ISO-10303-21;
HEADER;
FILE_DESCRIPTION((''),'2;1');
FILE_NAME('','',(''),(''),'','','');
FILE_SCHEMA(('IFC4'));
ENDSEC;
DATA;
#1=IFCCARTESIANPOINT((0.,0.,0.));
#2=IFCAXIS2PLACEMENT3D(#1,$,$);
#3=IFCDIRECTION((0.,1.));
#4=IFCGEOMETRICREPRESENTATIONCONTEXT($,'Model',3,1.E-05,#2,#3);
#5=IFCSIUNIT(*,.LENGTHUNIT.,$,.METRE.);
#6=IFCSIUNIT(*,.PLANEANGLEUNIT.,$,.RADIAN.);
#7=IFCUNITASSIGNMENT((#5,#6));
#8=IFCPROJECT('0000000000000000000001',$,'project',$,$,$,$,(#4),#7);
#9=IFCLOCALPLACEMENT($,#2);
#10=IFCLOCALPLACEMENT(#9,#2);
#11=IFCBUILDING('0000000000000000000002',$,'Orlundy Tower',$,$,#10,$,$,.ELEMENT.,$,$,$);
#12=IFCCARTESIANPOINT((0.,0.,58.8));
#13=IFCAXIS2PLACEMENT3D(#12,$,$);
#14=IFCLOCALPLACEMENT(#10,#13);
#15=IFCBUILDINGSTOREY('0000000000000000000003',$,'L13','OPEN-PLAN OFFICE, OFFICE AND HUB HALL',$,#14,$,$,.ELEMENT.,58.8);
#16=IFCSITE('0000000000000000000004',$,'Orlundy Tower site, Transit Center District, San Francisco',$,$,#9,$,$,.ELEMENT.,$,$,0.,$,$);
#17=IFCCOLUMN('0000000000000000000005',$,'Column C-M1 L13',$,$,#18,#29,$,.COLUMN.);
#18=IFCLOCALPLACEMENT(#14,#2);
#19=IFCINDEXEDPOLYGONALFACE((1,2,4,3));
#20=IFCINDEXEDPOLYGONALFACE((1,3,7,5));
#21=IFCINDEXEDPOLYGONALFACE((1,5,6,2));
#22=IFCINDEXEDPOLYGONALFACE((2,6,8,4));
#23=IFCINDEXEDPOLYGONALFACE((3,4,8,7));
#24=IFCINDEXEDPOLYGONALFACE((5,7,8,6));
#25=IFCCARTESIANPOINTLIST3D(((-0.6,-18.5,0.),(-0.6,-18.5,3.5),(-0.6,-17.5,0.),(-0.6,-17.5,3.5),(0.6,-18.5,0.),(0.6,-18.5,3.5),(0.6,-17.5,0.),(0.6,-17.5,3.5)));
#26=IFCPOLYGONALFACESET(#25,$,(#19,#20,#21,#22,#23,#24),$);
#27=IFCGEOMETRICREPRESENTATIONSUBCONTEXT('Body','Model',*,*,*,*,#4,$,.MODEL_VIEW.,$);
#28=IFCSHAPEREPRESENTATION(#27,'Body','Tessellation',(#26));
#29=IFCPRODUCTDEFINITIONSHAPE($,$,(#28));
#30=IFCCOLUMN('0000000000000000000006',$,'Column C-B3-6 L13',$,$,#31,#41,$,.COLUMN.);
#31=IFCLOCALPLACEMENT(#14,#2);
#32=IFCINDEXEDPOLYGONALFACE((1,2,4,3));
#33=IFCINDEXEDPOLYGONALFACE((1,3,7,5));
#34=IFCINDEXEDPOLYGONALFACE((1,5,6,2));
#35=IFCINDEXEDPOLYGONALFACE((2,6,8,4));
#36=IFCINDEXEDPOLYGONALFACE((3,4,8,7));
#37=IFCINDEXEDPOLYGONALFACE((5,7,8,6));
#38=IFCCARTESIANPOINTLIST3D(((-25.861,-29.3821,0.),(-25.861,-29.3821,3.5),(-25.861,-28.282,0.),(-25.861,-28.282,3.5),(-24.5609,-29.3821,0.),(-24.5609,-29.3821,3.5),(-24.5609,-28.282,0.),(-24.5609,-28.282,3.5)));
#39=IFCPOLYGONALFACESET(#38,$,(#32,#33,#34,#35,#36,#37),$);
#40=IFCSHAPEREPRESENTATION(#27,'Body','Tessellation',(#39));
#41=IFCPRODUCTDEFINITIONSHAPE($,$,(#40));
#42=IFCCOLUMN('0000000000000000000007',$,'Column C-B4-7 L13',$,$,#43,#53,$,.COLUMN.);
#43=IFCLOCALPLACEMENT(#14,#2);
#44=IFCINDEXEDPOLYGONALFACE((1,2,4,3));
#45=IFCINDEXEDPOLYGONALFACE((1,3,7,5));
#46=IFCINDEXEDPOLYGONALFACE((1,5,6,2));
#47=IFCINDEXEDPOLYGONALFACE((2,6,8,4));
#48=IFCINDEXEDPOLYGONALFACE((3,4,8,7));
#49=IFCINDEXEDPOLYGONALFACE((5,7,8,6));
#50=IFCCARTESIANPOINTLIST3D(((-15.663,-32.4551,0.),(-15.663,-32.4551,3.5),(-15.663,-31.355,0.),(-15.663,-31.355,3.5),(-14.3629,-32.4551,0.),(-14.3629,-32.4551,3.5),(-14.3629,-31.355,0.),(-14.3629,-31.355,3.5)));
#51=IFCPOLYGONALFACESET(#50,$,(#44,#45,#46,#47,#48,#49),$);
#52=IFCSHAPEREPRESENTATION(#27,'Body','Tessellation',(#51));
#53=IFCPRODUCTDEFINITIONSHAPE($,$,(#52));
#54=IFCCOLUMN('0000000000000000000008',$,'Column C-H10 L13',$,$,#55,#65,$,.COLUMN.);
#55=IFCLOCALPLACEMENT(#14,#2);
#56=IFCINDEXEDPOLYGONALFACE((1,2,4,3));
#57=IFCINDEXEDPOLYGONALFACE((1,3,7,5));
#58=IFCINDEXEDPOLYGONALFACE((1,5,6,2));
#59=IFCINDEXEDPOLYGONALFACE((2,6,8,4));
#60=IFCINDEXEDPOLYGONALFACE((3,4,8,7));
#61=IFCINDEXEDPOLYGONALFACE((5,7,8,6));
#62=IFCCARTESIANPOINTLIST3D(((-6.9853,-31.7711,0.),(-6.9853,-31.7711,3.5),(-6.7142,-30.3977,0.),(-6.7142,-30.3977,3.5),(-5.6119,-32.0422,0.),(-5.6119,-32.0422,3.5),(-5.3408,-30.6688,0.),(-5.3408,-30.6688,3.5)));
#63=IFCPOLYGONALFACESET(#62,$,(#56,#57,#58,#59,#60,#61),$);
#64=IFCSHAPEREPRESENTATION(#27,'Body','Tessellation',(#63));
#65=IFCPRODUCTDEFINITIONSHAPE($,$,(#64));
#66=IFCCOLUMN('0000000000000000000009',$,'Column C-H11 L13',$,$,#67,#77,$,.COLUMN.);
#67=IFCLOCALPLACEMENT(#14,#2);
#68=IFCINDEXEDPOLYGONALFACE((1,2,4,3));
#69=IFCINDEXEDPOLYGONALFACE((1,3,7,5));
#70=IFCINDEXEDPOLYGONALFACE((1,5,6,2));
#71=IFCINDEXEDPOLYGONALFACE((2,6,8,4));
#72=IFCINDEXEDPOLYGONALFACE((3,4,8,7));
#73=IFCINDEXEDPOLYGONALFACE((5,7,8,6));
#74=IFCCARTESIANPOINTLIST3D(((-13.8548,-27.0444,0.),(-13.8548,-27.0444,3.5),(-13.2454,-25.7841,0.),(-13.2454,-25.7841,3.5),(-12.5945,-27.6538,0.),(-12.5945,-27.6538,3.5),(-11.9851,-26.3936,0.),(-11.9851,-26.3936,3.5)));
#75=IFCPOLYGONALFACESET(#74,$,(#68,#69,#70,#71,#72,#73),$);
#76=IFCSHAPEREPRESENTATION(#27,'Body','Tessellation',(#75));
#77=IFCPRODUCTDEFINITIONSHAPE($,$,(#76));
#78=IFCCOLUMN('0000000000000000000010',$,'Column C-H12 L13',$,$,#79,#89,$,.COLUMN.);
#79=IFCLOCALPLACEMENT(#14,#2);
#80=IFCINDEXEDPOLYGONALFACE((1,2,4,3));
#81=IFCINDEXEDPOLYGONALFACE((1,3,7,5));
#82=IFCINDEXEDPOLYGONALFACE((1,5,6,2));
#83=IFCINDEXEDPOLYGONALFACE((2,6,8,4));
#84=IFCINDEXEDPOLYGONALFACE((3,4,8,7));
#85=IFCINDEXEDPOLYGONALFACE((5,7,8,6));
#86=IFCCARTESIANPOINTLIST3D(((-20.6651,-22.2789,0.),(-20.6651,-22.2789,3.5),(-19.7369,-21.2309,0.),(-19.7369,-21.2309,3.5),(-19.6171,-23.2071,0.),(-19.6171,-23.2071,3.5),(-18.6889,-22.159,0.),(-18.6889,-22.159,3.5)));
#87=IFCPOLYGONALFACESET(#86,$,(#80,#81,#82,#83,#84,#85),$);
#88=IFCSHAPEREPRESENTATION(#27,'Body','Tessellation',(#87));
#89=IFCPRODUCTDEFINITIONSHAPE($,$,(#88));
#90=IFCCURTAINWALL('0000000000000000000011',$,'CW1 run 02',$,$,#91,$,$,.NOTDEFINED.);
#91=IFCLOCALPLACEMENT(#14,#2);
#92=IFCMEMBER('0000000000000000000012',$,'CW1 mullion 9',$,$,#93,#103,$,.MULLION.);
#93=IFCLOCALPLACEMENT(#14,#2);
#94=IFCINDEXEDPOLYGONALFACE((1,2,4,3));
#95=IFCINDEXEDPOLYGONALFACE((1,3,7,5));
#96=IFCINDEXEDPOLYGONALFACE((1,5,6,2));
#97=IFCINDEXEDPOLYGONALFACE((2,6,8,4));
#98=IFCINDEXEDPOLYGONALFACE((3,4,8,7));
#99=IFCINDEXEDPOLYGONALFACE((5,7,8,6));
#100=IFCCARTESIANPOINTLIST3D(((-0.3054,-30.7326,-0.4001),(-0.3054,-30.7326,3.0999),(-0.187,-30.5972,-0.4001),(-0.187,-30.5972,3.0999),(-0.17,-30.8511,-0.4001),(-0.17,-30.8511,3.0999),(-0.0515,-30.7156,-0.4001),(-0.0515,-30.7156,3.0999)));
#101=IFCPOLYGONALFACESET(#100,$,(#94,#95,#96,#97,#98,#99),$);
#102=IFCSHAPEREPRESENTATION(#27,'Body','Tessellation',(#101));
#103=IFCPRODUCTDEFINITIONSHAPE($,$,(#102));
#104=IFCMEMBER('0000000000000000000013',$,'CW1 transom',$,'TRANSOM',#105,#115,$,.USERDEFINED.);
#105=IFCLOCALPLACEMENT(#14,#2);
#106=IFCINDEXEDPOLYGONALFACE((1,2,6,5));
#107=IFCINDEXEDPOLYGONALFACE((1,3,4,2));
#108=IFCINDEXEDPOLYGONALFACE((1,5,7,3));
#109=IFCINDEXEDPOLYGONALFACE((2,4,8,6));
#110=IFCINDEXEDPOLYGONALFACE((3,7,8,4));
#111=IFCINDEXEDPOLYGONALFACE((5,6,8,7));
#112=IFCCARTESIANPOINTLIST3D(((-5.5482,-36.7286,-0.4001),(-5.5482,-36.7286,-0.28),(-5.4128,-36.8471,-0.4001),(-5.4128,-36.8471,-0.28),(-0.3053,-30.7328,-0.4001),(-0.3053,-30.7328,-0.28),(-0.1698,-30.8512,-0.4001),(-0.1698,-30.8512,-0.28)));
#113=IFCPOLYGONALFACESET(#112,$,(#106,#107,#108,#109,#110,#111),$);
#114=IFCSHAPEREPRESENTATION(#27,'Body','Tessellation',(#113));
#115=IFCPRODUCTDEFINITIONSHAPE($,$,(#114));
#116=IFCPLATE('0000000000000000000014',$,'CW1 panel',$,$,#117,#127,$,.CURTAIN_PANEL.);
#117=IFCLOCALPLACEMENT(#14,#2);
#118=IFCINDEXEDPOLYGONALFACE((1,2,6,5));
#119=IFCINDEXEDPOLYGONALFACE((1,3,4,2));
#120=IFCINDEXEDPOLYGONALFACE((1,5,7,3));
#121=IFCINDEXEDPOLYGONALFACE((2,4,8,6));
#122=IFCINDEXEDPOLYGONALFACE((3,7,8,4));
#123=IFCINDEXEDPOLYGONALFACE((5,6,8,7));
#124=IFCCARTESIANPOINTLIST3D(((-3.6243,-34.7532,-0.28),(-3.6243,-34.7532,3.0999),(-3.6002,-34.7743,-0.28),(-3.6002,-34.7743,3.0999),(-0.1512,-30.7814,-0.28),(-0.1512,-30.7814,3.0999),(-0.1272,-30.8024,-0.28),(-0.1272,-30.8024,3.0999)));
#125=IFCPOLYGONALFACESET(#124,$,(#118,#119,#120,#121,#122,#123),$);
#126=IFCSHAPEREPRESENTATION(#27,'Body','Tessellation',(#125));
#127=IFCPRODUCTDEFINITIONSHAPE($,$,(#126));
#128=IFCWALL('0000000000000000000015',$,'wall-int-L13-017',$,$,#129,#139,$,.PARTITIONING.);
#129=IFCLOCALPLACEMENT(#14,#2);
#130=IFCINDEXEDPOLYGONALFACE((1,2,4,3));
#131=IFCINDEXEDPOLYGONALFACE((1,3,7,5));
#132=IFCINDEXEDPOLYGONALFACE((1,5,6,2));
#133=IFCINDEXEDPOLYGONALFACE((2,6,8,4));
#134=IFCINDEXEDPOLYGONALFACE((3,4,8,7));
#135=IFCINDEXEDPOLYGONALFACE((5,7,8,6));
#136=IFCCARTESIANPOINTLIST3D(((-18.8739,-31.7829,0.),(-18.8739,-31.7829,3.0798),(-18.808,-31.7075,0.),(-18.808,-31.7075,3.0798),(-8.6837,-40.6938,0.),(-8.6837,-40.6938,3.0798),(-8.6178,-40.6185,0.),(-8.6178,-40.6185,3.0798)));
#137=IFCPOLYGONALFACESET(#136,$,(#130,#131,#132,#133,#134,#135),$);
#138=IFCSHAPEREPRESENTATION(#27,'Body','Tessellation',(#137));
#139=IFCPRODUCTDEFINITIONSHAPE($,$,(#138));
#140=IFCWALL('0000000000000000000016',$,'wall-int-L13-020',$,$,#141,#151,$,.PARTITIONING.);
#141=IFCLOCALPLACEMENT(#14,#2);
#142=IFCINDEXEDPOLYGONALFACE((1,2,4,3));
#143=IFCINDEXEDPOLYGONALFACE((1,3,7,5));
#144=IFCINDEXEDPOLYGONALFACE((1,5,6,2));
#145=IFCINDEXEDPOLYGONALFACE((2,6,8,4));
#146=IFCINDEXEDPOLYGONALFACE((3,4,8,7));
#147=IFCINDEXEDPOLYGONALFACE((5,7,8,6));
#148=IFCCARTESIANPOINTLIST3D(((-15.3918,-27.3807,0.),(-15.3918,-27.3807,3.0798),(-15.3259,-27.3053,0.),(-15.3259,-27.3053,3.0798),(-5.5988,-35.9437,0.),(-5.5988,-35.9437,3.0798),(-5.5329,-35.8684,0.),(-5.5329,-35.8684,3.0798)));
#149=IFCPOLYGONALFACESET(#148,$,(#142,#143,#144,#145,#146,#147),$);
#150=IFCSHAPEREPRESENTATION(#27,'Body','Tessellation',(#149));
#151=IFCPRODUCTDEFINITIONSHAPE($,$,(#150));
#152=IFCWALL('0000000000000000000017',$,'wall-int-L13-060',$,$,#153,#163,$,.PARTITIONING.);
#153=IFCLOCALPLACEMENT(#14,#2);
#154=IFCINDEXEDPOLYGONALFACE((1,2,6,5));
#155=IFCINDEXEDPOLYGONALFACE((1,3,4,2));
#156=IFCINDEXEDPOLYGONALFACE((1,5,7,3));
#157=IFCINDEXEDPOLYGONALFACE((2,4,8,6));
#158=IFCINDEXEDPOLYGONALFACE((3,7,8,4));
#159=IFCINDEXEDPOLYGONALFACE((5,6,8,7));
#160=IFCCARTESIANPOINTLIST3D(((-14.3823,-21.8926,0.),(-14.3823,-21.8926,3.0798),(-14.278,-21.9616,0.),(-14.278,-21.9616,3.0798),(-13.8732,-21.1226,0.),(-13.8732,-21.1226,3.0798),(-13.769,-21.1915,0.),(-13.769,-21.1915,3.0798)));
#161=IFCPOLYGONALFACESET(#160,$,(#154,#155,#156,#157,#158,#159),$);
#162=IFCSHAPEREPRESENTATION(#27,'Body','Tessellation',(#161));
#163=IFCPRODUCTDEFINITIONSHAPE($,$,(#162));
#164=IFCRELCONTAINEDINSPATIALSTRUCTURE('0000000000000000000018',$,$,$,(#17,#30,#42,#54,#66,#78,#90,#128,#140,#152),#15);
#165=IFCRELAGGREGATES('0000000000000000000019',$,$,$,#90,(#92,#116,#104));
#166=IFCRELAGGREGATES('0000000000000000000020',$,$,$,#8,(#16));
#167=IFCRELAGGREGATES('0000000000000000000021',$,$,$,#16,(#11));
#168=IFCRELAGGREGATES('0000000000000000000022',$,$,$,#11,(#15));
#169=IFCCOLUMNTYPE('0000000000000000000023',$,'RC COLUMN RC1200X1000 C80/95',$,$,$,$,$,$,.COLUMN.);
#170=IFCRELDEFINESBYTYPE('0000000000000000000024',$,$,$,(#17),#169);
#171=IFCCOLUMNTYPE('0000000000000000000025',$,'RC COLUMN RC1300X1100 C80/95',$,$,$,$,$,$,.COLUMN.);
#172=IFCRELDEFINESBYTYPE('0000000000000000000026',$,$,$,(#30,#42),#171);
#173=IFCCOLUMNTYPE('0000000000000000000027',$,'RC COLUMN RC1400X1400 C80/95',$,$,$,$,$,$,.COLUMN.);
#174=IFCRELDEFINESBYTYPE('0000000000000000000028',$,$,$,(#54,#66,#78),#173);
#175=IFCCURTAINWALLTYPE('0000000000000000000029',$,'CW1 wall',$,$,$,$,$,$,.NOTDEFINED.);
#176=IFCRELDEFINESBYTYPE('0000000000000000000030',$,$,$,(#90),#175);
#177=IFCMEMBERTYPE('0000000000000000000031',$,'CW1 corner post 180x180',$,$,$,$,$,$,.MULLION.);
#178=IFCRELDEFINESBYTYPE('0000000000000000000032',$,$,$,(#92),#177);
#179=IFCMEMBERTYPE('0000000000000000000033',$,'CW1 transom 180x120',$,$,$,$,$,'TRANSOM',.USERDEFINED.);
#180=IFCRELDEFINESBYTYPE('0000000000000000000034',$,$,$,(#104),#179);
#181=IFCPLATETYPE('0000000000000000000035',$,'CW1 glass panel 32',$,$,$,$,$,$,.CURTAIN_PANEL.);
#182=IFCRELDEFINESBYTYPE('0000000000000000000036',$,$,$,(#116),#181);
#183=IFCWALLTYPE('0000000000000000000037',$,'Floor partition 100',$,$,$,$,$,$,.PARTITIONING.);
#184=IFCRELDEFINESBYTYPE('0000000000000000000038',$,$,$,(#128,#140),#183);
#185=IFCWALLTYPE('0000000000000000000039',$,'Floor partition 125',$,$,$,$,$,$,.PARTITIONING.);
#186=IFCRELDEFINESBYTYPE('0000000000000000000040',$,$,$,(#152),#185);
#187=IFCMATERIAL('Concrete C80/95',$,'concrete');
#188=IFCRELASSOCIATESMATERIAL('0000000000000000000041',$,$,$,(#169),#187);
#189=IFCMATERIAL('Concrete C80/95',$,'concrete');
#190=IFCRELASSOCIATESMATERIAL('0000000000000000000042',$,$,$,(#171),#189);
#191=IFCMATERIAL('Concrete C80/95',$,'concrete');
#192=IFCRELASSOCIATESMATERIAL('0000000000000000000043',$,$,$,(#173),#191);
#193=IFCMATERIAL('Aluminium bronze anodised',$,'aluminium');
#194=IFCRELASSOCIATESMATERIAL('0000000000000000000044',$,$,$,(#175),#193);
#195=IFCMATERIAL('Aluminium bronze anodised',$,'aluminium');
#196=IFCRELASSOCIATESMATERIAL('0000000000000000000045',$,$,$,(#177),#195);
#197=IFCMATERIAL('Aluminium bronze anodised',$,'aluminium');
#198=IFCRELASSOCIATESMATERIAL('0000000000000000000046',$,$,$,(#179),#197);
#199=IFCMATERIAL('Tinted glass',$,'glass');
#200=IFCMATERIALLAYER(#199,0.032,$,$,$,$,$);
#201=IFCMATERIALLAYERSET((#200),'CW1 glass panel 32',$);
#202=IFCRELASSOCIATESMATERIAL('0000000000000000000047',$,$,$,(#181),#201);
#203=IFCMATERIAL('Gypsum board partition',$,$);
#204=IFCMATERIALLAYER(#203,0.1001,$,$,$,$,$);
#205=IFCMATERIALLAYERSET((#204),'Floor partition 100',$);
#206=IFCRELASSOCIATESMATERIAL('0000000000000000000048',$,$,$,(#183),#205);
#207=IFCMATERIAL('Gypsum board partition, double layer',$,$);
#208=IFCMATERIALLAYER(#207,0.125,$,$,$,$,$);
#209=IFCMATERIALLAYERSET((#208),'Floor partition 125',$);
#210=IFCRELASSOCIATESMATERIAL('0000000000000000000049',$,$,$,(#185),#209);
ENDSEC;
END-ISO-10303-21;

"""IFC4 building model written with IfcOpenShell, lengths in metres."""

from ifc_helpers import new_model, si_unit, direction, frame, frame_2d, origin, origin_2d, place, context, subcontext, project, spatial, rectangle, extrude, material, layer, layer_set, material_profile, profile_set, type_object, element, aggregate, save


model = new_model("IFC4")

# Units and contexts
model_context = context("Model", 3, precision=1e-05, world=origin(), true_north=direction((0.0, 1.0)))
body_context = subcontext(model_context, "Body", "Model", "MODEL_VIEW")
ifc_project = project(units=[si_unit("LENGTHUNIT", "METRE"), si_unit("PLANEANGLEUNIT", "RADIAN")], contexts=[model_context])

# Site, building, storey
site_placement = place(None, origin())
site = spatial("IfcSite", under=ifc_project, at=site_placement, Name="Orlundy Tower site, Transit Center District, San Francisco", CompositionType="ELEMENT", RefElevation=0.0)
building_placement = place(site_placement, origin())
building = spatial("IfcBuilding", under=site, at=building_placement, Name="Orlundy Tower", CompositionType="ELEMENT")
storey_placement = place(building_placement, frame((0.0, 0.0, 58.8)))
storey = spatial("IfcBuildingStorey", under=building, at=storey_placement, Name="L13", Description="OPEN-PLAN OFFICE, OFFICE AND HUB HALL", CompositionType="ELEMENT", Elevation=58.8)

# Columns
ifc_material_1 = material(Name="Concrete C80/95", Category="concrete")
ifc_material_profile_1 = material_profile(ifc_material_1, rectangle(XDim=1.2, YDim=1.0, at=origin_2d()), Name="RC1200X1000")
ifc_profile_set_1 = profile_set([ifc_material_profile_1], Name="Concrete C80/95")
column_type_1 = type_object("IfcColumnType", Name="RC COLUMN RC1200X1000 C80/95", PredefinedType="COLUMN", material=ifc_profile_set_1)
column_placement = place(storey_placement, frame((0.0, -18.0, 0.0), z_axis=(0.0, 0.0, 1.0), x_axis=(1.0, 0.0, 0.0)))
element("IfcColumn", 1, at=column_placement, inside=storey, type_object=column_type_1, Name="Column C-M1 L13", PredefinedType="COLUMN", context=body_context, shape_type="SweptSolid", body=[
    extrude(rectangle(XDim=1.2, YDim=1.0, at=origin_2d()), origin(), (0.0, 0.0, 1.0), 3.5),
])
ifc_material_2 = material(Name="Concrete C80/95", Category="concrete")
ifc_material_profile_2 = material_profile(ifc_material_2, rectangle(XDim=1.3, YDim=1.1001, at=origin_2d()), Name="RC1300X1100")
ifc_profile_set_2 = profile_set([ifc_material_profile_2], Name="Concrete C80/95")
column_type_2 = type_object("IfcColumnType", Name="RC COLUMN RC1300X1100 C80/95", PredefinedType="COLUMN", material=ifc_profile_set_2)
for number, where, z_axis, x_axis, name in (
    (2, (-25.2109, -28.832, 0.0), (0.0, 0.0, 1.0), (1.0, 0.0, 0.0), "Column C-B3-6 L13"),
    (3, (-15.0129, -31.905, 0.0), (0.0, 0.0, 1.0), (1.0, 0.0, 0.0), "Column C-B4-7 L13"),
):
    element("IfcColumn", number, at=place(storey_placement, frame(where, z_axis=z_axis, x_axis=x_axis)), inside=storey, type_object=column_type_2, Name=name, PredefinedType="COLUMN", context=body_context, shape_type="SweptSolid", body=[
        extrude(rectangle(XDim=1.3, YDim=1.1001, at=origin_2d()), origin(), (0.0, 0.0, 1.0), 3.5),
    ])
ifc_material_3 = material(Name="Concrete C80/95", Category="concrete")
ifc_material_profile_3 = material_profile(ifc_material_3, rectangle(XDim=1.3999, YDim=1.3999, at=origin_2d()), Name="RC1400X1400")
ifc_profile_set_3 = profile_set([ifc_material_profile_3], Name="Concrete C80/95")
column_type_3 = type_object("IfcColumnType", Name="RC COLUMN RC1400X1400 C80/95", PredefinedType="COLUMN", material=ifc_profile_set_3)
for number, where, z_axis, x_axis, name in (
    (4, (-6.1631, -31.22, 0.0), (0.0, 0.0, 1.0), (-0.193669, -0.981067, 0.0), "Column C-H10 L13"),
    (5, (-12.9199, -26.719, 0.0), (0.0, 0.0, 1.0), (-0.435325, -0.900273, 0.0), "Column C-H11 L13"),
    (6, (-19.677, -22.219, 0.0), (0.0, 0.0, 1.0), (-0.662986, -0.748632, 0.0), "Column C-H12 L13"),
):
    element("IfcColumn", number, at=place(storey_placement, frame(where, z_axis=z_axis, x_axis=x_axis)), inside=storey, type_object=column_type_3, Name=name, PredefinedType="COLUMN", context=body_context, shape_type="SweptSolid", body=[
        extrude(rectangle(XDim=1.3999, YDim=1.3999, at=origin_2d()), origin(), (0.0, 0.0, 1.0), 3.5),
    ])

# Curtain wall, members, plate
ifc_material_4 = material(Name="Aluminium bronze anodised", Category="aluminium")
curtain_wall_type = type_object("IfcCurtainWallType", Name="CW1 wall", PredefinedType="NOTDEFINED", material=ifc_material_4)
curtain_wall_placement = place(storey_placement, origin())
curtain_wall = element("IfcCurtainWall", 7, at=curtain_wall_placement, inside=storey, type_object=curtain_wall_type, Name="CW1 run 02", PredefinedType="NOTDEFINED")
ifc_material_5 = material(Name="Aluminium bronze anodised", Category="aluminium")
ifc_material_profile_4 = material_profile(ifc_material_5, rectangle(XDim=0.1799, YDim=0.1799, at=origin_2d()), Name="CW1 corner post 180x180")
ifc_profile_set_4 = profile_set([ifc_material_profile_4], Name="Aluminium bronze anodised")
member_type_1 = type_object("IfcMemberType", Name="CW1 corner post 180x180", PredefinedType="MULLION", material=ifc_profile_set_4)
member_1_placement = place(storey_placement, frame((-0.1785, -30.7241, -0.4001), z_axis=(0.0, 0.0, 1.0), x_axis=(0.752792, -0.658259, 0.0)))
member_1 = element("IfcMember", 8, at=member_1_placement, type_object=member_type_1, Name="CW1 mullion 9", PredefinedType="MULLION", context=body_context, shape_type="SweptSolid", body=[
    extrude(rectangle(XDim=0.1799, YDim=0.1799, at=origin_2d()), origin(), (0.0, 0.0, 1.0), 3.5),
])
ifc_material_6 = material(Name="Aluminium bronze anodised", Category="aluminium")
ifc_material_profile_5 = material_profile(ifc_material_6, rectangle(XDim=0.1799, YDim=0.1201, at=origin_2d()), Name="CW1 transom 180x120")
ifc_profile_set_5 = profile_set([ifc_material_profile_5], Name="Aluminium bronze anodised")
member_type_2 = type_object("IfcMemberType", Name="CW1 transom 180x120", ElementType="TRANSOM", PredefinedType="USERDEFINED", material=ifc_profile_set_5)
member_2_placement = place(storey_placement, frame((-0.2375, -30.792, -0.3401), z_axis=(-0.658259, -0.752791, 0.0), x_axis=(0.752791, -0.658259, 0.0)))
member_2 = element("IfcMember", 9, at=member_2_placement, type_object=member_type_2, Name="CW1 transom", ObjectType="TRANSOM", PredefinedType="USERDEFINED", context=body_context, shape_type="SweptSolid", body=[
    extrude(rectangle(XDim=0.1799, YDim=0.1201, at=origin_2d()), origin(), (0.0, 0.0, 1.0), 7.9648),
])
ifc_material_7 = material(Name="Tinted glass", Category="glass")
ifc_layer_1 = layer(ifc_material_7, 0.032)
ifc_layer_set_1 = layer_set([ifc_layer_1], Name="CW1 glass panel 32")
plate_type = type_object("IfcPlateType", Name="CW1 glass panel 32", PredefinedType="CURTAIN_PANEL", material=ifc_layer_set_1)
plate_placement = place(storey_placement, frame((-1.8757, -32.7778, -0.28), z_axis=(0.0, 0.0, 1.0), x_axis=(-0.658259, -0.752792, 0.0)))
plate = element("IfcPlate", 10, at=plate_placement, type_object=plate_type, Name="CW1 panel", PredefinedType="CURTAIN_PANEL", context=body_context, shape_type="SweptSolid", body=[
    extrude(rectangle(XDim=5.2761, YDim=0.032, at=origin_2d()), origin(), (0.0, 0.0, 1.0), 3.3799),
])
aggregate(curtain_wall, [member_1, plate, member_2])

# Walls
ifc_material_8 = material(Name="Gypsum board partition")
ifc_layer_2 = layer(ifc_material_8, 0.1001)
ifc_layer_set_2 = layer_set([ifc_layer_2], Name="Floor partition 100")
wall_type_1 = type_object("IfcWallType", Name="Floor partition 100", PredefinedType="PARTITIONING", material=ifc_layer_set_2)
wall_1_placement = place(storey_placement, frame((-18.8411, -31.7451, 0.0), z_axis=(0.0, 0.0, 1.0), x_axis=(0.752779, -0.658273, 0.0)))
element("IfcWall", 11, at=wall_1_placement, inside=storey, type_object=wall_type_1, Name="wall-int-L13-017", PredefinedType="PARTITIONING", context=body_context, shape_type="SweptSolid", body=[
    extrude(rectangle(XDim=13.5369, YDim=0.1001, at=frame_2d((6.7686, 0.0))), origin(), (0.0, 0.0, 1.0), 3.0798),
])
wall_2_placement = place(storey_placement, frame((-15.3589, -27.343, 0.0), z_axis=(0.0, 0.0, 1.0), x_axis=(0.7528, -0.658249, 0.0)))
element("IfcWall", 12, at=wall_2_placement, inside=storey, type_object=wall_type_1, Name="wall-int-L13-020", PredefinedType="PARTITIONING", context=body_context, shape_type="SweptSolid", body=[
    extrude(rectangle(XDim=13.0088, YDim=0.1001, at=frame_2d((6.5044, 0.0))), origin(), (0.0, 0.0, 1.0), 3.0798),
])
ifc_material_9 = material(Name="Gypsum board partition, double layer")
ifc_layer_3 = layer(ifc_material_9, 0.125)
ifc_layer_set_3 = layer_set([ifc_layer_3], Name="Floor partition 125")
wall_type_2 = type_object("IfcWallType", Name="Floor partition 125", PredefinedType="PARTITIONING", material=ifc_layer_set_3)
wall_3_placement = place(storey_placement, frame((-14.3301, -21.927, 0.0), z_axis=(0.0, 0.0, 1.0), x_axis=(0.551461, 0.834201, 0.0)))
element("IfcWall", 13, at=wall_3_placement, inside=storey, type_object=wall_type_2, Name="wall-int-L13-060", PredefinedType="PARTITIONING", context=body_context, shape_type="SweptSolid", body=[
    extrude(rectangle(XDim=0.9231, YDim=0.125, at=frame_2d((0.4614, 0.0))), origin(), (0.0, 0.0, 1.0), 3.0798),
])

save(model, "model.ifc")
